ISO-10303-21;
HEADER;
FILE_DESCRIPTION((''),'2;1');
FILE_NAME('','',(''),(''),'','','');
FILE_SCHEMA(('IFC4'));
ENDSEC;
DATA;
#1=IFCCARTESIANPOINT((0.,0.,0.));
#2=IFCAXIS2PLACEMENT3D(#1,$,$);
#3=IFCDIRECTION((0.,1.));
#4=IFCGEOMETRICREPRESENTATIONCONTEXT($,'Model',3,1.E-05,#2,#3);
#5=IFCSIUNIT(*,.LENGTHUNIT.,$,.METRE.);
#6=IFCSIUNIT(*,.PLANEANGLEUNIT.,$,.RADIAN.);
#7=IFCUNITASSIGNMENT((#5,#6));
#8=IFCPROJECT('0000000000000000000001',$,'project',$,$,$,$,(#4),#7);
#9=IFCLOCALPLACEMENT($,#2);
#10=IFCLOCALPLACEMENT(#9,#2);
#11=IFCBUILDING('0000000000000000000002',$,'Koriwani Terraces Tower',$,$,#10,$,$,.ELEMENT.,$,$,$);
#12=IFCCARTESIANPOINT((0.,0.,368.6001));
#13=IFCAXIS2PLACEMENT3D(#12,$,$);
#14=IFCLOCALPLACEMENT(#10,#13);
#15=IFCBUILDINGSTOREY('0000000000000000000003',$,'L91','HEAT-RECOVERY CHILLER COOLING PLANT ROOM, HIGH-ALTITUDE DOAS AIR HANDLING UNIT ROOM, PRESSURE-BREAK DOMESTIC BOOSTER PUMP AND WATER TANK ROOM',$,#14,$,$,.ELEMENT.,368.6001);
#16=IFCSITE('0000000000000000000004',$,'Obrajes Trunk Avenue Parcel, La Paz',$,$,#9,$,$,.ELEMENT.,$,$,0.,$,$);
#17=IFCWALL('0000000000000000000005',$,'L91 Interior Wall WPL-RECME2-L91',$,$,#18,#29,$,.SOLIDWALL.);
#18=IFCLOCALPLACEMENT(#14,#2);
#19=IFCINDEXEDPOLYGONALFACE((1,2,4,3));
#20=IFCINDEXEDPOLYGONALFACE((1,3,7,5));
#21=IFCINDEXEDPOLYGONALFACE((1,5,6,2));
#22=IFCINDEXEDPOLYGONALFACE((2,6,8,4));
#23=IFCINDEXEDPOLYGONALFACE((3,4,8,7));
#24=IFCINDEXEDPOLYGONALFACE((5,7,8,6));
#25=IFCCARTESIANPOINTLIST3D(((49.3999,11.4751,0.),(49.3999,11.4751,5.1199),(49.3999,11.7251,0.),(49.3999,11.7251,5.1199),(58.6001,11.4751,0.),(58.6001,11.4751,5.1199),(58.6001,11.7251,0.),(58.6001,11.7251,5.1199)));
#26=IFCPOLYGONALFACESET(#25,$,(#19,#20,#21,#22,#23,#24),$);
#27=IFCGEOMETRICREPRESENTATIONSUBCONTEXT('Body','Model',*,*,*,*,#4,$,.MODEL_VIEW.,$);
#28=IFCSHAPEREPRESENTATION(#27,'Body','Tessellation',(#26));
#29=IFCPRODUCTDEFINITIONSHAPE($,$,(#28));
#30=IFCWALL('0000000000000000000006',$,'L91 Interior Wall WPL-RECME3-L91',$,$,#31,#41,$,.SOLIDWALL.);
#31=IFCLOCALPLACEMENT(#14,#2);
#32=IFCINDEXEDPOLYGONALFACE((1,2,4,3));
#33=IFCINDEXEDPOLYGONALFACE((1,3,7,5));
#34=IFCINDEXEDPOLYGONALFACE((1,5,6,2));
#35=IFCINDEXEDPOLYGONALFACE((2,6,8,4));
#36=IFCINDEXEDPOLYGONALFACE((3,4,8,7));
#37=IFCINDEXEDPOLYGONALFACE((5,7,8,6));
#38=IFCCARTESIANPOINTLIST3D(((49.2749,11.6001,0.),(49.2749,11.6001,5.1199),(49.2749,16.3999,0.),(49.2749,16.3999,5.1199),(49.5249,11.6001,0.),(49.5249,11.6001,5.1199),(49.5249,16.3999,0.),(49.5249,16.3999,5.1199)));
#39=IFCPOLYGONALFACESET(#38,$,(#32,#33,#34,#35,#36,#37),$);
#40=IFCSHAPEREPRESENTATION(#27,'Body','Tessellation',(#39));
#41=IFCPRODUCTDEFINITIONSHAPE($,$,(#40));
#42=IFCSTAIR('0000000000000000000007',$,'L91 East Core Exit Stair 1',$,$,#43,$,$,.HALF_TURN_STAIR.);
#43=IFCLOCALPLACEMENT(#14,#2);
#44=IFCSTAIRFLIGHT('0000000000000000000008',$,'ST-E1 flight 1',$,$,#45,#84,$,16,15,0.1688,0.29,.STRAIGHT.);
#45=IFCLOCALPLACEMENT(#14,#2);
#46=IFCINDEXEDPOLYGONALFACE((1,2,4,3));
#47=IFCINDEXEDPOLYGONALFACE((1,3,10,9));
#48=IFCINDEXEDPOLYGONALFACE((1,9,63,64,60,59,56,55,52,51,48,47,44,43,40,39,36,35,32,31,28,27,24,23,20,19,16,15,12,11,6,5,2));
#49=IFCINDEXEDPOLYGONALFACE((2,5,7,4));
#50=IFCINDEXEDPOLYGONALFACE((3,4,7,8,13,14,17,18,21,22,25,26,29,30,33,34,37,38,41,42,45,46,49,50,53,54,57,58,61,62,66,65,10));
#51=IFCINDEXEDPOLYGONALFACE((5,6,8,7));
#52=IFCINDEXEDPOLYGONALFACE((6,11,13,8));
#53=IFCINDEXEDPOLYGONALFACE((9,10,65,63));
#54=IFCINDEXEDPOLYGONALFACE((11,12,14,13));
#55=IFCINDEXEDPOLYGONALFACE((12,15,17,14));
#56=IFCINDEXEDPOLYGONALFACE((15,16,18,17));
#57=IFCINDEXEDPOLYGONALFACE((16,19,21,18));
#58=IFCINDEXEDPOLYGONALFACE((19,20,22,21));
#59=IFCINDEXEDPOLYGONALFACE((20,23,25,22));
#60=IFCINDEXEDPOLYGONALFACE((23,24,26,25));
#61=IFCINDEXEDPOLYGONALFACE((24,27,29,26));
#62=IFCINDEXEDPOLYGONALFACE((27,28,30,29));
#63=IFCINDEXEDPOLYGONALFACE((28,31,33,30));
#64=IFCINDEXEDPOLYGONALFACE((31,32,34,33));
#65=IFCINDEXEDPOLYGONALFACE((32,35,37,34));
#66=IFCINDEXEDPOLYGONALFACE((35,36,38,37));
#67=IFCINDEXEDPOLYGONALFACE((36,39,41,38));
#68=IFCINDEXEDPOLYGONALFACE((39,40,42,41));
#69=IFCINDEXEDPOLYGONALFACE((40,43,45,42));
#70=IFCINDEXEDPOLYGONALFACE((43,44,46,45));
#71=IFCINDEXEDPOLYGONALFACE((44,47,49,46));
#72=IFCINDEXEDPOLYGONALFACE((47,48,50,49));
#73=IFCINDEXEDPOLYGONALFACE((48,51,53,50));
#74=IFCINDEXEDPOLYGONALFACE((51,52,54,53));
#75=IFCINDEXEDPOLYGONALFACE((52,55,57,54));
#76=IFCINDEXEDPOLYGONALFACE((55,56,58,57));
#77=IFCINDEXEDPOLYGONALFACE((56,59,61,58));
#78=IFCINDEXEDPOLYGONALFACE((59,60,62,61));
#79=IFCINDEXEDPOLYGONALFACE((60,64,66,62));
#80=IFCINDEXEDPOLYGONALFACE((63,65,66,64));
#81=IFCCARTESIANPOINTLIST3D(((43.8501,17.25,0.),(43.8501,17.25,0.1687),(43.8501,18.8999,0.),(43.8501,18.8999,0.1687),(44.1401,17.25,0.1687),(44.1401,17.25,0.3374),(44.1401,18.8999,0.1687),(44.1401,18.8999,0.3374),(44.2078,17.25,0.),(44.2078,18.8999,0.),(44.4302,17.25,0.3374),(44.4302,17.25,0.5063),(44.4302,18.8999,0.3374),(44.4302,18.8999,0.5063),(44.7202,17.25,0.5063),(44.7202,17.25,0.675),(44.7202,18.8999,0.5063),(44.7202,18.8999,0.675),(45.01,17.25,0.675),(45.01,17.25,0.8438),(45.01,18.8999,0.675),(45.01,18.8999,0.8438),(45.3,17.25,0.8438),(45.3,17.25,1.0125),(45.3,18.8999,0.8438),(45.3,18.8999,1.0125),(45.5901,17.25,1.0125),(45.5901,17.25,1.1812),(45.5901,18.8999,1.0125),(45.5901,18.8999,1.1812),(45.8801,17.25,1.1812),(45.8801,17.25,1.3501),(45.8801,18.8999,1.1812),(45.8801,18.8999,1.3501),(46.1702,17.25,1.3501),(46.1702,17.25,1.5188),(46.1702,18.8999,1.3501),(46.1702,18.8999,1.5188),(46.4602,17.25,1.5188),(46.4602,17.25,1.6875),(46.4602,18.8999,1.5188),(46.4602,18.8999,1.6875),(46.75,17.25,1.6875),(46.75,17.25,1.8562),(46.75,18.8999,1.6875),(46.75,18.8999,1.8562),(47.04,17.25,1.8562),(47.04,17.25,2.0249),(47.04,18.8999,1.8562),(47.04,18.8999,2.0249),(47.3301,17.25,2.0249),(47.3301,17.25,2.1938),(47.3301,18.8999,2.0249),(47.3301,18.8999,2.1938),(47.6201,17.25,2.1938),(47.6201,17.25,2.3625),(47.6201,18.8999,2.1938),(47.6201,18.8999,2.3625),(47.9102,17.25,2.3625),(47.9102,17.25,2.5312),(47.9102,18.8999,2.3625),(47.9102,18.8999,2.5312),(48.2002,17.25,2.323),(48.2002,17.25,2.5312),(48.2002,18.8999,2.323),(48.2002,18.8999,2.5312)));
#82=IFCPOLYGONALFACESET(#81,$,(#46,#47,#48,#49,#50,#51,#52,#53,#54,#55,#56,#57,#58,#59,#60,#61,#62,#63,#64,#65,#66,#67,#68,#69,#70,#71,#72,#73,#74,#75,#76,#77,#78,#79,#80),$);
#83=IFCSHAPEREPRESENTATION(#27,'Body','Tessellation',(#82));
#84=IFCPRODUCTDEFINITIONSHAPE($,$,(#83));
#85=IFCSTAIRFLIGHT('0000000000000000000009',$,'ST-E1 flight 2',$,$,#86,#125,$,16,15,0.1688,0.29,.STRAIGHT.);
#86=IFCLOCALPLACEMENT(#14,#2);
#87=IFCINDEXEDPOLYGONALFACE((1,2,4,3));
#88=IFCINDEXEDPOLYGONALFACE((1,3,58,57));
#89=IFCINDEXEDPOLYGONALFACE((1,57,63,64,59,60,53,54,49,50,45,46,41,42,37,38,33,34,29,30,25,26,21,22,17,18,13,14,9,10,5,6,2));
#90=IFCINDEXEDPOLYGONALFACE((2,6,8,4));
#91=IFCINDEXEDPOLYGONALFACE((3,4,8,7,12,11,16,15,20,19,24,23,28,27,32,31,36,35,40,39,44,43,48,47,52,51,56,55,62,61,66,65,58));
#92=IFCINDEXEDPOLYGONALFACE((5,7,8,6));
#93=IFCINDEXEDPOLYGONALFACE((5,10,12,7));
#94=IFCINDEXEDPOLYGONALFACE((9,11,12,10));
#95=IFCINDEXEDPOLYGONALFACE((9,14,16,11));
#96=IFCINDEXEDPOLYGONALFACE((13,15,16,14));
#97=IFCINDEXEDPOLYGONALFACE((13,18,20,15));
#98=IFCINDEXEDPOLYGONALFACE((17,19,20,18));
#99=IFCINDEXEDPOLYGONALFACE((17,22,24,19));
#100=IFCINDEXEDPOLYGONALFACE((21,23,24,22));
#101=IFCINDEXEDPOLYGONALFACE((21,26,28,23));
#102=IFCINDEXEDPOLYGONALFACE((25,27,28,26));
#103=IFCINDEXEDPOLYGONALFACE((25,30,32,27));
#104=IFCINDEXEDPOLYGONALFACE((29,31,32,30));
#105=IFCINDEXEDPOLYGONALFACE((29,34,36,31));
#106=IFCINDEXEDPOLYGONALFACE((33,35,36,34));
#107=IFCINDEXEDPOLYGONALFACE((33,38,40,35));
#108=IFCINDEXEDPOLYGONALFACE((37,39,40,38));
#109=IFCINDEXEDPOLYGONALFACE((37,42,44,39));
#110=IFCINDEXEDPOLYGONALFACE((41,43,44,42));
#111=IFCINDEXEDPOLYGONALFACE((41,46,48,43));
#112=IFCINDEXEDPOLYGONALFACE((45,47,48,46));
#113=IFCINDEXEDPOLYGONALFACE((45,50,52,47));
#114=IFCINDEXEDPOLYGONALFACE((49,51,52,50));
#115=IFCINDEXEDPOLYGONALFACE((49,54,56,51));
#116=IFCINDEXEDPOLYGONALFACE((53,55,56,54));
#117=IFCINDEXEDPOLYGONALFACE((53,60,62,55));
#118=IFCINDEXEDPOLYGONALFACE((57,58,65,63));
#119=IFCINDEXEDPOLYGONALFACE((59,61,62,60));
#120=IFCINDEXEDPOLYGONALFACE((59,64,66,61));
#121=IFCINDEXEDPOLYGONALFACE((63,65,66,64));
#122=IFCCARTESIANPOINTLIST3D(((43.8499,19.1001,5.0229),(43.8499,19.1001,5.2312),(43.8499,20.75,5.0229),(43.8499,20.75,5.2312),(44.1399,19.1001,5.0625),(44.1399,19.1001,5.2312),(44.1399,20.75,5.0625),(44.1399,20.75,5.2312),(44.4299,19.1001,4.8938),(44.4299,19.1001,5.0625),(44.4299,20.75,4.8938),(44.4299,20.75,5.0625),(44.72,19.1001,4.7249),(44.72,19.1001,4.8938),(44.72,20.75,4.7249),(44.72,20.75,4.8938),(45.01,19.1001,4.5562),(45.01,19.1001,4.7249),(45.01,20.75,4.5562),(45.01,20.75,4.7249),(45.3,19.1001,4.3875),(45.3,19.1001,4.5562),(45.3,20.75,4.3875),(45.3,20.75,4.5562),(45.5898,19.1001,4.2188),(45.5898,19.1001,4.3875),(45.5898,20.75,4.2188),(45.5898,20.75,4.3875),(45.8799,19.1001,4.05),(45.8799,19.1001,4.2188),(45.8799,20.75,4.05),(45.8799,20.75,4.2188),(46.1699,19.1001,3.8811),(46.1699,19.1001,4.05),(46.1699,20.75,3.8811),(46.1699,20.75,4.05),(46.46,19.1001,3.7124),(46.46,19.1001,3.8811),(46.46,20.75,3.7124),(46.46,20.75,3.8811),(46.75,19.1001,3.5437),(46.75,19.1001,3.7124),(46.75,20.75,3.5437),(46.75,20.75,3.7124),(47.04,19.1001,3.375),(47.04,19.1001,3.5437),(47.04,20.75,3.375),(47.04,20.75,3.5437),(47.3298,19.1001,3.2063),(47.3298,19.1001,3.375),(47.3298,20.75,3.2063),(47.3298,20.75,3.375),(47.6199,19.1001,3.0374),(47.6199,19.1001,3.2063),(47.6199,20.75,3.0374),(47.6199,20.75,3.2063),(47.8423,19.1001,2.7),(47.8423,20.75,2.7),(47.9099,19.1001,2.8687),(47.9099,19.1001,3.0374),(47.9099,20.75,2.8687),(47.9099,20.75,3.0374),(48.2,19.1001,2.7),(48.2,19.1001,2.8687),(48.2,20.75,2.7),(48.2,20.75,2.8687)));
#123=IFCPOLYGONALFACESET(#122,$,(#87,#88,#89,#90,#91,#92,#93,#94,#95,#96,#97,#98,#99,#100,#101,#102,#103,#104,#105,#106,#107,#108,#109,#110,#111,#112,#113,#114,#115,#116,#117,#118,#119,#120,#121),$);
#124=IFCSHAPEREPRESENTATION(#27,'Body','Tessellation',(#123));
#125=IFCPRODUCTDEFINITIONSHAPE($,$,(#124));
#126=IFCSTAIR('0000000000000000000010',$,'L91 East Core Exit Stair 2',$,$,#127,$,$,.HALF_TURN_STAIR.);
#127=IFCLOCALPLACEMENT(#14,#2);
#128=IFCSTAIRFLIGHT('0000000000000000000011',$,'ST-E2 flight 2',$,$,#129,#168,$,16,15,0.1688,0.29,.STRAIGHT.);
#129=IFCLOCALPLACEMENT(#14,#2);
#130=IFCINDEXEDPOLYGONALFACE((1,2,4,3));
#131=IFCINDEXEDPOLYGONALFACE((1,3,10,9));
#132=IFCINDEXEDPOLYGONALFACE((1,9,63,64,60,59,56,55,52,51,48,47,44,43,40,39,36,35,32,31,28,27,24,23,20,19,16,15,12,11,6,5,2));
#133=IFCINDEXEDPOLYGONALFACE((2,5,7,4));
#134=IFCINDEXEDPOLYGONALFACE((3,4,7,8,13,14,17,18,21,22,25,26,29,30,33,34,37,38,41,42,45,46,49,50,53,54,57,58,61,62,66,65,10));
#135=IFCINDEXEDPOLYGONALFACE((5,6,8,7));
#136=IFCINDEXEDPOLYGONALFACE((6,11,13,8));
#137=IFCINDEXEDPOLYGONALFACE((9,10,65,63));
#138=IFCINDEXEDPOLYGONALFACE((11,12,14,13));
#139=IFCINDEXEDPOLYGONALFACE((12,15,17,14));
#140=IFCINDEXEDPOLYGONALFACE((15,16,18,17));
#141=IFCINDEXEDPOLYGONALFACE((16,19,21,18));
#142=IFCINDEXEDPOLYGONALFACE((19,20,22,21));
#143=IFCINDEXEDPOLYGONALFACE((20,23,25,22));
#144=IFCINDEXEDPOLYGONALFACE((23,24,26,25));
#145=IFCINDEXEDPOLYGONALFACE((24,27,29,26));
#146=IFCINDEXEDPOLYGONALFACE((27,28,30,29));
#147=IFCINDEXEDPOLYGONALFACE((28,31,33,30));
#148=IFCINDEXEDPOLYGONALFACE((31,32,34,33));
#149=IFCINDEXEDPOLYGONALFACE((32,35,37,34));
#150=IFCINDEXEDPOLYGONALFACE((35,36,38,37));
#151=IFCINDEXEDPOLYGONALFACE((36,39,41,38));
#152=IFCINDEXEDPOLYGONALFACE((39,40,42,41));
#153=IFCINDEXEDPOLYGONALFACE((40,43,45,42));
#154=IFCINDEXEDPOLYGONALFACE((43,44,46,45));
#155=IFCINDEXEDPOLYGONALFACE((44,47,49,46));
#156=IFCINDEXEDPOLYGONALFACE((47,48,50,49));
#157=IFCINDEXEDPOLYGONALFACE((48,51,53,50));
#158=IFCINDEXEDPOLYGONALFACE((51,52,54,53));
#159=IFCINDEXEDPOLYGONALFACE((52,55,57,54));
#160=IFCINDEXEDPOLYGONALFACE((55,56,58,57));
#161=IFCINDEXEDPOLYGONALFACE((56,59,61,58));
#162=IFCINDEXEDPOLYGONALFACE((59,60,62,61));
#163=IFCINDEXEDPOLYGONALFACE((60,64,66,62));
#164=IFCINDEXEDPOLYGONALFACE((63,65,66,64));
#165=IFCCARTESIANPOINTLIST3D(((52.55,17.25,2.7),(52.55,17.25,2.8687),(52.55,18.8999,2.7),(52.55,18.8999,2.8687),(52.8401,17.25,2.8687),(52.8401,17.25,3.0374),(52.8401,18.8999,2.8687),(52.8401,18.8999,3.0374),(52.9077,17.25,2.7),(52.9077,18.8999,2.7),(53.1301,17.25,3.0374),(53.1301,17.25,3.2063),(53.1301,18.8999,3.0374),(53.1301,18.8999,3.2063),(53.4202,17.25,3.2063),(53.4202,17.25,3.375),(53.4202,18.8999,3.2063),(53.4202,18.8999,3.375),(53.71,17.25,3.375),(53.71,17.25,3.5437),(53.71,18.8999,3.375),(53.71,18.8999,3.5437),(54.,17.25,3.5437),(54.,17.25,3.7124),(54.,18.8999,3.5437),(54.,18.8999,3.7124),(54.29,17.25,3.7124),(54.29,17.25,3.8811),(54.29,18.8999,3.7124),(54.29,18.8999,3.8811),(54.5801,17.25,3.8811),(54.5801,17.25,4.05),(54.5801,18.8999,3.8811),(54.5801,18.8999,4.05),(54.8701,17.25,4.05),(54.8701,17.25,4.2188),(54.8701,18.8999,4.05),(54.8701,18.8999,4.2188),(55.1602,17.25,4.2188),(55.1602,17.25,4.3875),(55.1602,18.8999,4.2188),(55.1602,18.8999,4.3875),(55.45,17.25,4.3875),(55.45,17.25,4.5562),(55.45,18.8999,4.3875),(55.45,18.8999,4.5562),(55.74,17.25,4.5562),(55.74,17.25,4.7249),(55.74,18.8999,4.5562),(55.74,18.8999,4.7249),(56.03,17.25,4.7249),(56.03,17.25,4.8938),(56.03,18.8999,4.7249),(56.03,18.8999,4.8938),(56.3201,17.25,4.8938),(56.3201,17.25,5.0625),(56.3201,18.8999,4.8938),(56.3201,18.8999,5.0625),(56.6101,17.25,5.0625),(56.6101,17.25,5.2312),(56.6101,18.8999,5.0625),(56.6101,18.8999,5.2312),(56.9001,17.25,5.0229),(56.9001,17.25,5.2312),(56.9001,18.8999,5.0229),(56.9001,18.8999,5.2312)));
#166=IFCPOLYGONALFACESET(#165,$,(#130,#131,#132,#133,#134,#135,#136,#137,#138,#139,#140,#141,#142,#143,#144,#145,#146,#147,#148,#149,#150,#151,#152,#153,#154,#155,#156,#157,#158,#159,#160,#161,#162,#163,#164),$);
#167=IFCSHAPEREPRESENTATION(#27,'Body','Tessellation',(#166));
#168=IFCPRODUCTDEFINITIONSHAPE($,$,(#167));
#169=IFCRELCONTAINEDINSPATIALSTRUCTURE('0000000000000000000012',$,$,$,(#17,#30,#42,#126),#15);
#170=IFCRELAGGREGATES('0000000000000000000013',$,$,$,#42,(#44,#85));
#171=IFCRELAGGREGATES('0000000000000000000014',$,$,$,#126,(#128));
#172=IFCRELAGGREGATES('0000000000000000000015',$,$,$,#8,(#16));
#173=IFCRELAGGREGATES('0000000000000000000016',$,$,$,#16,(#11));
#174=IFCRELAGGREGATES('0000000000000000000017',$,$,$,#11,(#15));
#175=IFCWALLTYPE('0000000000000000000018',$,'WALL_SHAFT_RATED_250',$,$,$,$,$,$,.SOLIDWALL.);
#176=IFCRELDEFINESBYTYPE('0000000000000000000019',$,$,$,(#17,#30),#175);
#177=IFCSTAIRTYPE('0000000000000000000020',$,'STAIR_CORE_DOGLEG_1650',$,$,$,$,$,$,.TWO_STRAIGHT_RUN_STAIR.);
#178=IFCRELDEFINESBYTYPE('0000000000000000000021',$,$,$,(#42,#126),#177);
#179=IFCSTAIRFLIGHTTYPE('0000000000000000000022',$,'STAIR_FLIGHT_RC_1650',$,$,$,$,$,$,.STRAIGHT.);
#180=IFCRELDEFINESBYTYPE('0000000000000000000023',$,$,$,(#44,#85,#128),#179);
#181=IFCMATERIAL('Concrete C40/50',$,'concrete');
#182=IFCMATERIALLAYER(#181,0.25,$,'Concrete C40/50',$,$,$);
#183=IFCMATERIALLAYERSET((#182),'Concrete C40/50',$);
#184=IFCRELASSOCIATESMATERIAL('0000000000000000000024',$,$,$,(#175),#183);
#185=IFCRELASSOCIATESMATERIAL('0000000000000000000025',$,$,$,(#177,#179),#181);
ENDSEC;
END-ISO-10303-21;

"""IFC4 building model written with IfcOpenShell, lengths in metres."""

from ifc_helpers import new_model, si_unit, direction, frame, frame_2d, origin, place, context, subcontext, project, spatial, polyline, rectangle, outline, extrude, material, layer, layer_set, type_object, element, aggregate, save


model = new_model("IFC4")

# Units and contexts
model_context = context("Model", 3, precision=1e-05, world=origin(), true_north=direction((0.0, 1.0)))
body_context = subcontext(model_context, "Body", "Model", "MODEL_VIEW")
ifc_project = project(units=[si_unit("LENGTHUNIT", "METRE"), si_unit("PLANEANGLEUNIT", "RADIAN")], contexts=[model_context])

# Site, building, storey
site_placement = place(None, origin())
site = spatial("IfcSite", under=ifc_project, at=site_placement, Name="Obrajes Trunk Avenue Parcel, La Paz", CompositionType="ELEMENT", RefElevation=0.0)
building_placement = place(site_placement, origin())
building = spatial("IfcBuilding", under=site, at=building_placement, Name="Koriwani Terraces Tower", CompositionType="ELEMENT")
storey_placement = place(building_placement, frame((0.0, 0.0, 368.6001)))
storey = spatial("IfcBuildingStorey", under=building, at=storey_placement, Name="L91", Description="HEAT-RECOVERY CHILLER COOLING PLANT ROOM, HIGH-ALTITUDE DOAS AIR HANDLING UNIT ROOM, PRESSURE-BREAK DOMESTIC BOOSTER PUMP AND WATER TANK ROOM", CompositionType="ELEMENT", Elevation=368.6001)

# Shared definitions
ifc_material_1 = material(Name="Concrete C40/50", Category="concrete")

# Shared definitions
ifc_layer_1 = layer(ifc_material_1, 0.25, Name="Concrete C40/50")
ifc_layer_set_1 = layer_set([ifc_layer_1], Name="Concrete C40/50")
wall_type_1 = type_object("IfcWallType", Name="WALL_SHAFT_RATED_250", PredefinedType="SOLIDWALL", material=ifc_layer_set_1)

# Walls
wall_1_placement = place(storey_placement, frame((49.3999, 11.6001, 0.0), z_axis=(0.0, 0.0, 1.0), x_axis=(1.0, 0.0, 0.0)))
element("IfcWall", 1, at=wall_1_placement, inside=storey, type_object=wall_type_1, Name="L91 Interior Wall WPL-RECME2-L91", PredefinedType="SOLIDWALL", context=body_context, shape_type="SweptSolid", body=[
    extrude(rectangle(XDim=9.2002, YDim=0.25, at=frame_2d((4.6001, 0.0))), origin(), (0.0, 0.0, 1.0), 5.1199),
])
wall_2_placement = place(storey_placement, frame((49.3999, 11.6001, 0.0), z_axis=(0.0, 0.0, 1.0), x_axis=(0.0, 1.0, 0.0)))
element("IfcWall", 2, at=wall_2_placement, inside=storey, type_object=wall_type_1, Name="L91 Interior Wall WPL-RECME3-L91", PredefinedType="SOLIDWALL", context=body_context, shape_type="SweptSolid", body=[
    extrude(rectangle(XDim=4.7998, YDim=0.25, at=frame_2d((2.3999, 0.0))), origin(), (0.0, 0.0, 1.0), 5.1199),
])

# Stair, stair flights
stair_type = type_object("IfcStairType", Name="STAIR_CORE_DOGLEG_1650", PredefinedType="TWO_STRAIGHT_RUN_STAIR", material=ifc_material_1)
stair_1_placement = place(storey_placement, origin())
stair_1 = element("IfcStair", 3, at=stair_1_placement, inside=storey, type_object=stair_type, Name="L91 East Core Exit Stair 1", PredefinedType="HALF_TURN_STAIR")
stair_flight_type = type_object("IfcStairFlightType", Name="STAIR_FLIGHT_RC_1650", PredefinedType="STRAIGHT", material=ifc_material_1)
stair_flight_1_placement = place(storey_placement, frame((43.8501, 18.075, 0.0), z_axis=(0.0, 0.0, 1.0), x_axis=(1.0, 0.0, 0.0)))
stair_flight_1 = element("IfcStairFlight", 4, at=stair_flight_1_placement, type_object=stair_flight_type, Name="ST-E1 flight 1", NumberOfRisers=16, NumberOfTreads=15, PredefinedType="STRAIGHT", RiserHeight=0.1688, TreadLength=0.29, context=body_context, shape_type="SweptSolid", body=[
    extrude(outline(polyline([(0.0, 0.0), (0.0, 0.1687), (0.29, 0.1687), (0.29, 0.3374), (0.5801, 0.3374), (0.5801, 0.5063), (0.8701, 0.5063), (0.8701, 0.675), (1.1599, 0.675), (1.1599, 0.8438), (1.45, 0.8438), (1.45, 1.0125), (1.74, 1.0125), (1.74, 1.1812), (2.03, 1.1812), (2.03, 1.3501), (2.3201, 1.3501), (2.3201, 1.5188), (2.6101, 1.5188), (2.6101, 1.6875), (2.8999, 1.6875), (2.8999, 1.8562), (3.1899, 1.8562), (3.1899, 2.0249), (3.48, 2.0249), (3.48, 2.1938), (3.77, 2.1938), (3.77, 2.3625), (4.0601, 2.3625), (4.0601, 2.5312), (4.3501, 2.5312), (4.3501, 2.7), (4.3501, 2.323), (0.3577, 0.0), (0.0, 0.0)])), frame((0.0, 0.825, 0.0), z_axis=(0.0, -1.0, 0.0), x_axis=(1.0, 0.0, 0.0)), (0.0, 0.0, 1.0), 1.6499),
])
stair_flight_2_placement = place(storey_placement, frame((48.2, 19.925, 2.7), z_axis=(0.0, 0.0, 1.0), x_axis=(-1.0, 0.0, 0.0)))
stair_flight_2 = element("IfcStairFlight", 5, at=stair_flight_2_placement, type_object=stair_flight_type, Name="ST-E1 flight 2", NumberOfRisers=16, NumberOfTreads=15, PredefinedType="STRAIGHT", RiserHeight=0.1688, TreadLength=0.29, context=body_context, shape_type="SweptSolid", body=[
    extrude(outline(polyline([(0.0, 0.0), (0.0, 0.1687), (0.29, 0.1687), (0.29, 0.3374), (0.5801, 0.3374), (0.5801, 0.5063), (0.8701, 0.5063), (0.8701, 0.675), (1.1599, 0.675), (1.1599, 0.8438), (1.45, 0.8438), (1.45, 1.0125), (1.74, 1.0125), (1.74, 1.1812), (2.03, 1.1812), (2.03, 1.3501), (2.3201, 1.3501), (2.3201, 1.5188), (2.6101, 1.5188), (2.6101, 1.6875), (2.8999, 1.6875), (2.8999, 1.8562), (3.1899, 1.8562), (3.1899, 2.0249), (3.48, 2.0249), (3.48, 2.1938), (3.77, 2.1938), (3.77, 2.3625), (4.0601, 2.3625), (4.0601, 2.5312), (4.3501, 2.5312), (4.3501, 2.7), (4.3501, 2.323), (0.3577, 0.0), (0.0, 0.0)])), frame((0.0, 0.825, 0.0), z_axis=(0.0, -1.0, 0.0), x_axis=(1.0, 0.0, 0.0)), (0.0, 0.0, 1.0), 1.6499),
])
aggregate(stair_1, [stair_flight_1, stair_flight_2])

# Stair, stair flight
stair_2_placement = place(storey_placement, origin())
stair_2 = element("IfcStair", 6, at=stair_2_placement, inside=storey, type_object=stair_type, Name="L91 East Core Exit Stair 2", PredefinedType="HALF_TURN_STAIR")
stair_flight_3_placement = place(storey_placement, frame((52.55, 18.075, 2.7), z_axis=(0.0, 0.0, 1.0), x_axis=(1.0, 0.0, 0.0)))
stair_flight_3 = element("IfcStairFlight", 7, at=stair_flight_3_placement, type_object=stair_flight_type, Name="ST-E2 flight 2", NumberOfRisers=16, NumberOfTreads=15, PredefinedType="STRAIGHT", RiserHeight=0.1688, TreadLength=0.29, context=body_context, shape_type="SweptSolid", body=[
    extrude(outline(polyline([(0.0, 0.0), (0.0, 0.1687), (0.29, 0.1687), (0.29, 0.3374), (0.5801, 0.3374), (0.5801, 0.5063), (0.8701, 0.5063), (0.8701, 0.675), (1.1599, 0.675), (1.1599, 0.8438), (1.45, 0.8438), (1.45, 1.0125), (1.74, 1.0125), (1.74, 1.1812), (2.03, 1.1812), (2.03, 1.3501), (2.3201, 1.3501), (2.3201, 1.5188), (2.6101, 1.5188), (2.6101, 1.6875), (2.8999, 1.6875), (2.8999, 1.8562), (3.1899, 1.8562), (3.1899, 2.0249), (3.48, 2.0249), (3.48, 2.1938), (3.77, 2.1938), (3.77, 2.3625), (4.0601, 2.3625), (4.0601, 2.5312), (4.3501, 2.5312), (4.3501, 2.7), (4.3501, 2.323), (0.3577, 0.0), (0.0, 0.0)])), frame((0.0, 0.825, 0.0), z_axis=(0.0, -1.0, 0.0), x_axis=(1.0, 0.0, 0.0)), (0.0, 0.0, 1.0), 1.6499),
])
aggregate(stair_2, [stair_flight_3])

save(model, "model.ifc")
